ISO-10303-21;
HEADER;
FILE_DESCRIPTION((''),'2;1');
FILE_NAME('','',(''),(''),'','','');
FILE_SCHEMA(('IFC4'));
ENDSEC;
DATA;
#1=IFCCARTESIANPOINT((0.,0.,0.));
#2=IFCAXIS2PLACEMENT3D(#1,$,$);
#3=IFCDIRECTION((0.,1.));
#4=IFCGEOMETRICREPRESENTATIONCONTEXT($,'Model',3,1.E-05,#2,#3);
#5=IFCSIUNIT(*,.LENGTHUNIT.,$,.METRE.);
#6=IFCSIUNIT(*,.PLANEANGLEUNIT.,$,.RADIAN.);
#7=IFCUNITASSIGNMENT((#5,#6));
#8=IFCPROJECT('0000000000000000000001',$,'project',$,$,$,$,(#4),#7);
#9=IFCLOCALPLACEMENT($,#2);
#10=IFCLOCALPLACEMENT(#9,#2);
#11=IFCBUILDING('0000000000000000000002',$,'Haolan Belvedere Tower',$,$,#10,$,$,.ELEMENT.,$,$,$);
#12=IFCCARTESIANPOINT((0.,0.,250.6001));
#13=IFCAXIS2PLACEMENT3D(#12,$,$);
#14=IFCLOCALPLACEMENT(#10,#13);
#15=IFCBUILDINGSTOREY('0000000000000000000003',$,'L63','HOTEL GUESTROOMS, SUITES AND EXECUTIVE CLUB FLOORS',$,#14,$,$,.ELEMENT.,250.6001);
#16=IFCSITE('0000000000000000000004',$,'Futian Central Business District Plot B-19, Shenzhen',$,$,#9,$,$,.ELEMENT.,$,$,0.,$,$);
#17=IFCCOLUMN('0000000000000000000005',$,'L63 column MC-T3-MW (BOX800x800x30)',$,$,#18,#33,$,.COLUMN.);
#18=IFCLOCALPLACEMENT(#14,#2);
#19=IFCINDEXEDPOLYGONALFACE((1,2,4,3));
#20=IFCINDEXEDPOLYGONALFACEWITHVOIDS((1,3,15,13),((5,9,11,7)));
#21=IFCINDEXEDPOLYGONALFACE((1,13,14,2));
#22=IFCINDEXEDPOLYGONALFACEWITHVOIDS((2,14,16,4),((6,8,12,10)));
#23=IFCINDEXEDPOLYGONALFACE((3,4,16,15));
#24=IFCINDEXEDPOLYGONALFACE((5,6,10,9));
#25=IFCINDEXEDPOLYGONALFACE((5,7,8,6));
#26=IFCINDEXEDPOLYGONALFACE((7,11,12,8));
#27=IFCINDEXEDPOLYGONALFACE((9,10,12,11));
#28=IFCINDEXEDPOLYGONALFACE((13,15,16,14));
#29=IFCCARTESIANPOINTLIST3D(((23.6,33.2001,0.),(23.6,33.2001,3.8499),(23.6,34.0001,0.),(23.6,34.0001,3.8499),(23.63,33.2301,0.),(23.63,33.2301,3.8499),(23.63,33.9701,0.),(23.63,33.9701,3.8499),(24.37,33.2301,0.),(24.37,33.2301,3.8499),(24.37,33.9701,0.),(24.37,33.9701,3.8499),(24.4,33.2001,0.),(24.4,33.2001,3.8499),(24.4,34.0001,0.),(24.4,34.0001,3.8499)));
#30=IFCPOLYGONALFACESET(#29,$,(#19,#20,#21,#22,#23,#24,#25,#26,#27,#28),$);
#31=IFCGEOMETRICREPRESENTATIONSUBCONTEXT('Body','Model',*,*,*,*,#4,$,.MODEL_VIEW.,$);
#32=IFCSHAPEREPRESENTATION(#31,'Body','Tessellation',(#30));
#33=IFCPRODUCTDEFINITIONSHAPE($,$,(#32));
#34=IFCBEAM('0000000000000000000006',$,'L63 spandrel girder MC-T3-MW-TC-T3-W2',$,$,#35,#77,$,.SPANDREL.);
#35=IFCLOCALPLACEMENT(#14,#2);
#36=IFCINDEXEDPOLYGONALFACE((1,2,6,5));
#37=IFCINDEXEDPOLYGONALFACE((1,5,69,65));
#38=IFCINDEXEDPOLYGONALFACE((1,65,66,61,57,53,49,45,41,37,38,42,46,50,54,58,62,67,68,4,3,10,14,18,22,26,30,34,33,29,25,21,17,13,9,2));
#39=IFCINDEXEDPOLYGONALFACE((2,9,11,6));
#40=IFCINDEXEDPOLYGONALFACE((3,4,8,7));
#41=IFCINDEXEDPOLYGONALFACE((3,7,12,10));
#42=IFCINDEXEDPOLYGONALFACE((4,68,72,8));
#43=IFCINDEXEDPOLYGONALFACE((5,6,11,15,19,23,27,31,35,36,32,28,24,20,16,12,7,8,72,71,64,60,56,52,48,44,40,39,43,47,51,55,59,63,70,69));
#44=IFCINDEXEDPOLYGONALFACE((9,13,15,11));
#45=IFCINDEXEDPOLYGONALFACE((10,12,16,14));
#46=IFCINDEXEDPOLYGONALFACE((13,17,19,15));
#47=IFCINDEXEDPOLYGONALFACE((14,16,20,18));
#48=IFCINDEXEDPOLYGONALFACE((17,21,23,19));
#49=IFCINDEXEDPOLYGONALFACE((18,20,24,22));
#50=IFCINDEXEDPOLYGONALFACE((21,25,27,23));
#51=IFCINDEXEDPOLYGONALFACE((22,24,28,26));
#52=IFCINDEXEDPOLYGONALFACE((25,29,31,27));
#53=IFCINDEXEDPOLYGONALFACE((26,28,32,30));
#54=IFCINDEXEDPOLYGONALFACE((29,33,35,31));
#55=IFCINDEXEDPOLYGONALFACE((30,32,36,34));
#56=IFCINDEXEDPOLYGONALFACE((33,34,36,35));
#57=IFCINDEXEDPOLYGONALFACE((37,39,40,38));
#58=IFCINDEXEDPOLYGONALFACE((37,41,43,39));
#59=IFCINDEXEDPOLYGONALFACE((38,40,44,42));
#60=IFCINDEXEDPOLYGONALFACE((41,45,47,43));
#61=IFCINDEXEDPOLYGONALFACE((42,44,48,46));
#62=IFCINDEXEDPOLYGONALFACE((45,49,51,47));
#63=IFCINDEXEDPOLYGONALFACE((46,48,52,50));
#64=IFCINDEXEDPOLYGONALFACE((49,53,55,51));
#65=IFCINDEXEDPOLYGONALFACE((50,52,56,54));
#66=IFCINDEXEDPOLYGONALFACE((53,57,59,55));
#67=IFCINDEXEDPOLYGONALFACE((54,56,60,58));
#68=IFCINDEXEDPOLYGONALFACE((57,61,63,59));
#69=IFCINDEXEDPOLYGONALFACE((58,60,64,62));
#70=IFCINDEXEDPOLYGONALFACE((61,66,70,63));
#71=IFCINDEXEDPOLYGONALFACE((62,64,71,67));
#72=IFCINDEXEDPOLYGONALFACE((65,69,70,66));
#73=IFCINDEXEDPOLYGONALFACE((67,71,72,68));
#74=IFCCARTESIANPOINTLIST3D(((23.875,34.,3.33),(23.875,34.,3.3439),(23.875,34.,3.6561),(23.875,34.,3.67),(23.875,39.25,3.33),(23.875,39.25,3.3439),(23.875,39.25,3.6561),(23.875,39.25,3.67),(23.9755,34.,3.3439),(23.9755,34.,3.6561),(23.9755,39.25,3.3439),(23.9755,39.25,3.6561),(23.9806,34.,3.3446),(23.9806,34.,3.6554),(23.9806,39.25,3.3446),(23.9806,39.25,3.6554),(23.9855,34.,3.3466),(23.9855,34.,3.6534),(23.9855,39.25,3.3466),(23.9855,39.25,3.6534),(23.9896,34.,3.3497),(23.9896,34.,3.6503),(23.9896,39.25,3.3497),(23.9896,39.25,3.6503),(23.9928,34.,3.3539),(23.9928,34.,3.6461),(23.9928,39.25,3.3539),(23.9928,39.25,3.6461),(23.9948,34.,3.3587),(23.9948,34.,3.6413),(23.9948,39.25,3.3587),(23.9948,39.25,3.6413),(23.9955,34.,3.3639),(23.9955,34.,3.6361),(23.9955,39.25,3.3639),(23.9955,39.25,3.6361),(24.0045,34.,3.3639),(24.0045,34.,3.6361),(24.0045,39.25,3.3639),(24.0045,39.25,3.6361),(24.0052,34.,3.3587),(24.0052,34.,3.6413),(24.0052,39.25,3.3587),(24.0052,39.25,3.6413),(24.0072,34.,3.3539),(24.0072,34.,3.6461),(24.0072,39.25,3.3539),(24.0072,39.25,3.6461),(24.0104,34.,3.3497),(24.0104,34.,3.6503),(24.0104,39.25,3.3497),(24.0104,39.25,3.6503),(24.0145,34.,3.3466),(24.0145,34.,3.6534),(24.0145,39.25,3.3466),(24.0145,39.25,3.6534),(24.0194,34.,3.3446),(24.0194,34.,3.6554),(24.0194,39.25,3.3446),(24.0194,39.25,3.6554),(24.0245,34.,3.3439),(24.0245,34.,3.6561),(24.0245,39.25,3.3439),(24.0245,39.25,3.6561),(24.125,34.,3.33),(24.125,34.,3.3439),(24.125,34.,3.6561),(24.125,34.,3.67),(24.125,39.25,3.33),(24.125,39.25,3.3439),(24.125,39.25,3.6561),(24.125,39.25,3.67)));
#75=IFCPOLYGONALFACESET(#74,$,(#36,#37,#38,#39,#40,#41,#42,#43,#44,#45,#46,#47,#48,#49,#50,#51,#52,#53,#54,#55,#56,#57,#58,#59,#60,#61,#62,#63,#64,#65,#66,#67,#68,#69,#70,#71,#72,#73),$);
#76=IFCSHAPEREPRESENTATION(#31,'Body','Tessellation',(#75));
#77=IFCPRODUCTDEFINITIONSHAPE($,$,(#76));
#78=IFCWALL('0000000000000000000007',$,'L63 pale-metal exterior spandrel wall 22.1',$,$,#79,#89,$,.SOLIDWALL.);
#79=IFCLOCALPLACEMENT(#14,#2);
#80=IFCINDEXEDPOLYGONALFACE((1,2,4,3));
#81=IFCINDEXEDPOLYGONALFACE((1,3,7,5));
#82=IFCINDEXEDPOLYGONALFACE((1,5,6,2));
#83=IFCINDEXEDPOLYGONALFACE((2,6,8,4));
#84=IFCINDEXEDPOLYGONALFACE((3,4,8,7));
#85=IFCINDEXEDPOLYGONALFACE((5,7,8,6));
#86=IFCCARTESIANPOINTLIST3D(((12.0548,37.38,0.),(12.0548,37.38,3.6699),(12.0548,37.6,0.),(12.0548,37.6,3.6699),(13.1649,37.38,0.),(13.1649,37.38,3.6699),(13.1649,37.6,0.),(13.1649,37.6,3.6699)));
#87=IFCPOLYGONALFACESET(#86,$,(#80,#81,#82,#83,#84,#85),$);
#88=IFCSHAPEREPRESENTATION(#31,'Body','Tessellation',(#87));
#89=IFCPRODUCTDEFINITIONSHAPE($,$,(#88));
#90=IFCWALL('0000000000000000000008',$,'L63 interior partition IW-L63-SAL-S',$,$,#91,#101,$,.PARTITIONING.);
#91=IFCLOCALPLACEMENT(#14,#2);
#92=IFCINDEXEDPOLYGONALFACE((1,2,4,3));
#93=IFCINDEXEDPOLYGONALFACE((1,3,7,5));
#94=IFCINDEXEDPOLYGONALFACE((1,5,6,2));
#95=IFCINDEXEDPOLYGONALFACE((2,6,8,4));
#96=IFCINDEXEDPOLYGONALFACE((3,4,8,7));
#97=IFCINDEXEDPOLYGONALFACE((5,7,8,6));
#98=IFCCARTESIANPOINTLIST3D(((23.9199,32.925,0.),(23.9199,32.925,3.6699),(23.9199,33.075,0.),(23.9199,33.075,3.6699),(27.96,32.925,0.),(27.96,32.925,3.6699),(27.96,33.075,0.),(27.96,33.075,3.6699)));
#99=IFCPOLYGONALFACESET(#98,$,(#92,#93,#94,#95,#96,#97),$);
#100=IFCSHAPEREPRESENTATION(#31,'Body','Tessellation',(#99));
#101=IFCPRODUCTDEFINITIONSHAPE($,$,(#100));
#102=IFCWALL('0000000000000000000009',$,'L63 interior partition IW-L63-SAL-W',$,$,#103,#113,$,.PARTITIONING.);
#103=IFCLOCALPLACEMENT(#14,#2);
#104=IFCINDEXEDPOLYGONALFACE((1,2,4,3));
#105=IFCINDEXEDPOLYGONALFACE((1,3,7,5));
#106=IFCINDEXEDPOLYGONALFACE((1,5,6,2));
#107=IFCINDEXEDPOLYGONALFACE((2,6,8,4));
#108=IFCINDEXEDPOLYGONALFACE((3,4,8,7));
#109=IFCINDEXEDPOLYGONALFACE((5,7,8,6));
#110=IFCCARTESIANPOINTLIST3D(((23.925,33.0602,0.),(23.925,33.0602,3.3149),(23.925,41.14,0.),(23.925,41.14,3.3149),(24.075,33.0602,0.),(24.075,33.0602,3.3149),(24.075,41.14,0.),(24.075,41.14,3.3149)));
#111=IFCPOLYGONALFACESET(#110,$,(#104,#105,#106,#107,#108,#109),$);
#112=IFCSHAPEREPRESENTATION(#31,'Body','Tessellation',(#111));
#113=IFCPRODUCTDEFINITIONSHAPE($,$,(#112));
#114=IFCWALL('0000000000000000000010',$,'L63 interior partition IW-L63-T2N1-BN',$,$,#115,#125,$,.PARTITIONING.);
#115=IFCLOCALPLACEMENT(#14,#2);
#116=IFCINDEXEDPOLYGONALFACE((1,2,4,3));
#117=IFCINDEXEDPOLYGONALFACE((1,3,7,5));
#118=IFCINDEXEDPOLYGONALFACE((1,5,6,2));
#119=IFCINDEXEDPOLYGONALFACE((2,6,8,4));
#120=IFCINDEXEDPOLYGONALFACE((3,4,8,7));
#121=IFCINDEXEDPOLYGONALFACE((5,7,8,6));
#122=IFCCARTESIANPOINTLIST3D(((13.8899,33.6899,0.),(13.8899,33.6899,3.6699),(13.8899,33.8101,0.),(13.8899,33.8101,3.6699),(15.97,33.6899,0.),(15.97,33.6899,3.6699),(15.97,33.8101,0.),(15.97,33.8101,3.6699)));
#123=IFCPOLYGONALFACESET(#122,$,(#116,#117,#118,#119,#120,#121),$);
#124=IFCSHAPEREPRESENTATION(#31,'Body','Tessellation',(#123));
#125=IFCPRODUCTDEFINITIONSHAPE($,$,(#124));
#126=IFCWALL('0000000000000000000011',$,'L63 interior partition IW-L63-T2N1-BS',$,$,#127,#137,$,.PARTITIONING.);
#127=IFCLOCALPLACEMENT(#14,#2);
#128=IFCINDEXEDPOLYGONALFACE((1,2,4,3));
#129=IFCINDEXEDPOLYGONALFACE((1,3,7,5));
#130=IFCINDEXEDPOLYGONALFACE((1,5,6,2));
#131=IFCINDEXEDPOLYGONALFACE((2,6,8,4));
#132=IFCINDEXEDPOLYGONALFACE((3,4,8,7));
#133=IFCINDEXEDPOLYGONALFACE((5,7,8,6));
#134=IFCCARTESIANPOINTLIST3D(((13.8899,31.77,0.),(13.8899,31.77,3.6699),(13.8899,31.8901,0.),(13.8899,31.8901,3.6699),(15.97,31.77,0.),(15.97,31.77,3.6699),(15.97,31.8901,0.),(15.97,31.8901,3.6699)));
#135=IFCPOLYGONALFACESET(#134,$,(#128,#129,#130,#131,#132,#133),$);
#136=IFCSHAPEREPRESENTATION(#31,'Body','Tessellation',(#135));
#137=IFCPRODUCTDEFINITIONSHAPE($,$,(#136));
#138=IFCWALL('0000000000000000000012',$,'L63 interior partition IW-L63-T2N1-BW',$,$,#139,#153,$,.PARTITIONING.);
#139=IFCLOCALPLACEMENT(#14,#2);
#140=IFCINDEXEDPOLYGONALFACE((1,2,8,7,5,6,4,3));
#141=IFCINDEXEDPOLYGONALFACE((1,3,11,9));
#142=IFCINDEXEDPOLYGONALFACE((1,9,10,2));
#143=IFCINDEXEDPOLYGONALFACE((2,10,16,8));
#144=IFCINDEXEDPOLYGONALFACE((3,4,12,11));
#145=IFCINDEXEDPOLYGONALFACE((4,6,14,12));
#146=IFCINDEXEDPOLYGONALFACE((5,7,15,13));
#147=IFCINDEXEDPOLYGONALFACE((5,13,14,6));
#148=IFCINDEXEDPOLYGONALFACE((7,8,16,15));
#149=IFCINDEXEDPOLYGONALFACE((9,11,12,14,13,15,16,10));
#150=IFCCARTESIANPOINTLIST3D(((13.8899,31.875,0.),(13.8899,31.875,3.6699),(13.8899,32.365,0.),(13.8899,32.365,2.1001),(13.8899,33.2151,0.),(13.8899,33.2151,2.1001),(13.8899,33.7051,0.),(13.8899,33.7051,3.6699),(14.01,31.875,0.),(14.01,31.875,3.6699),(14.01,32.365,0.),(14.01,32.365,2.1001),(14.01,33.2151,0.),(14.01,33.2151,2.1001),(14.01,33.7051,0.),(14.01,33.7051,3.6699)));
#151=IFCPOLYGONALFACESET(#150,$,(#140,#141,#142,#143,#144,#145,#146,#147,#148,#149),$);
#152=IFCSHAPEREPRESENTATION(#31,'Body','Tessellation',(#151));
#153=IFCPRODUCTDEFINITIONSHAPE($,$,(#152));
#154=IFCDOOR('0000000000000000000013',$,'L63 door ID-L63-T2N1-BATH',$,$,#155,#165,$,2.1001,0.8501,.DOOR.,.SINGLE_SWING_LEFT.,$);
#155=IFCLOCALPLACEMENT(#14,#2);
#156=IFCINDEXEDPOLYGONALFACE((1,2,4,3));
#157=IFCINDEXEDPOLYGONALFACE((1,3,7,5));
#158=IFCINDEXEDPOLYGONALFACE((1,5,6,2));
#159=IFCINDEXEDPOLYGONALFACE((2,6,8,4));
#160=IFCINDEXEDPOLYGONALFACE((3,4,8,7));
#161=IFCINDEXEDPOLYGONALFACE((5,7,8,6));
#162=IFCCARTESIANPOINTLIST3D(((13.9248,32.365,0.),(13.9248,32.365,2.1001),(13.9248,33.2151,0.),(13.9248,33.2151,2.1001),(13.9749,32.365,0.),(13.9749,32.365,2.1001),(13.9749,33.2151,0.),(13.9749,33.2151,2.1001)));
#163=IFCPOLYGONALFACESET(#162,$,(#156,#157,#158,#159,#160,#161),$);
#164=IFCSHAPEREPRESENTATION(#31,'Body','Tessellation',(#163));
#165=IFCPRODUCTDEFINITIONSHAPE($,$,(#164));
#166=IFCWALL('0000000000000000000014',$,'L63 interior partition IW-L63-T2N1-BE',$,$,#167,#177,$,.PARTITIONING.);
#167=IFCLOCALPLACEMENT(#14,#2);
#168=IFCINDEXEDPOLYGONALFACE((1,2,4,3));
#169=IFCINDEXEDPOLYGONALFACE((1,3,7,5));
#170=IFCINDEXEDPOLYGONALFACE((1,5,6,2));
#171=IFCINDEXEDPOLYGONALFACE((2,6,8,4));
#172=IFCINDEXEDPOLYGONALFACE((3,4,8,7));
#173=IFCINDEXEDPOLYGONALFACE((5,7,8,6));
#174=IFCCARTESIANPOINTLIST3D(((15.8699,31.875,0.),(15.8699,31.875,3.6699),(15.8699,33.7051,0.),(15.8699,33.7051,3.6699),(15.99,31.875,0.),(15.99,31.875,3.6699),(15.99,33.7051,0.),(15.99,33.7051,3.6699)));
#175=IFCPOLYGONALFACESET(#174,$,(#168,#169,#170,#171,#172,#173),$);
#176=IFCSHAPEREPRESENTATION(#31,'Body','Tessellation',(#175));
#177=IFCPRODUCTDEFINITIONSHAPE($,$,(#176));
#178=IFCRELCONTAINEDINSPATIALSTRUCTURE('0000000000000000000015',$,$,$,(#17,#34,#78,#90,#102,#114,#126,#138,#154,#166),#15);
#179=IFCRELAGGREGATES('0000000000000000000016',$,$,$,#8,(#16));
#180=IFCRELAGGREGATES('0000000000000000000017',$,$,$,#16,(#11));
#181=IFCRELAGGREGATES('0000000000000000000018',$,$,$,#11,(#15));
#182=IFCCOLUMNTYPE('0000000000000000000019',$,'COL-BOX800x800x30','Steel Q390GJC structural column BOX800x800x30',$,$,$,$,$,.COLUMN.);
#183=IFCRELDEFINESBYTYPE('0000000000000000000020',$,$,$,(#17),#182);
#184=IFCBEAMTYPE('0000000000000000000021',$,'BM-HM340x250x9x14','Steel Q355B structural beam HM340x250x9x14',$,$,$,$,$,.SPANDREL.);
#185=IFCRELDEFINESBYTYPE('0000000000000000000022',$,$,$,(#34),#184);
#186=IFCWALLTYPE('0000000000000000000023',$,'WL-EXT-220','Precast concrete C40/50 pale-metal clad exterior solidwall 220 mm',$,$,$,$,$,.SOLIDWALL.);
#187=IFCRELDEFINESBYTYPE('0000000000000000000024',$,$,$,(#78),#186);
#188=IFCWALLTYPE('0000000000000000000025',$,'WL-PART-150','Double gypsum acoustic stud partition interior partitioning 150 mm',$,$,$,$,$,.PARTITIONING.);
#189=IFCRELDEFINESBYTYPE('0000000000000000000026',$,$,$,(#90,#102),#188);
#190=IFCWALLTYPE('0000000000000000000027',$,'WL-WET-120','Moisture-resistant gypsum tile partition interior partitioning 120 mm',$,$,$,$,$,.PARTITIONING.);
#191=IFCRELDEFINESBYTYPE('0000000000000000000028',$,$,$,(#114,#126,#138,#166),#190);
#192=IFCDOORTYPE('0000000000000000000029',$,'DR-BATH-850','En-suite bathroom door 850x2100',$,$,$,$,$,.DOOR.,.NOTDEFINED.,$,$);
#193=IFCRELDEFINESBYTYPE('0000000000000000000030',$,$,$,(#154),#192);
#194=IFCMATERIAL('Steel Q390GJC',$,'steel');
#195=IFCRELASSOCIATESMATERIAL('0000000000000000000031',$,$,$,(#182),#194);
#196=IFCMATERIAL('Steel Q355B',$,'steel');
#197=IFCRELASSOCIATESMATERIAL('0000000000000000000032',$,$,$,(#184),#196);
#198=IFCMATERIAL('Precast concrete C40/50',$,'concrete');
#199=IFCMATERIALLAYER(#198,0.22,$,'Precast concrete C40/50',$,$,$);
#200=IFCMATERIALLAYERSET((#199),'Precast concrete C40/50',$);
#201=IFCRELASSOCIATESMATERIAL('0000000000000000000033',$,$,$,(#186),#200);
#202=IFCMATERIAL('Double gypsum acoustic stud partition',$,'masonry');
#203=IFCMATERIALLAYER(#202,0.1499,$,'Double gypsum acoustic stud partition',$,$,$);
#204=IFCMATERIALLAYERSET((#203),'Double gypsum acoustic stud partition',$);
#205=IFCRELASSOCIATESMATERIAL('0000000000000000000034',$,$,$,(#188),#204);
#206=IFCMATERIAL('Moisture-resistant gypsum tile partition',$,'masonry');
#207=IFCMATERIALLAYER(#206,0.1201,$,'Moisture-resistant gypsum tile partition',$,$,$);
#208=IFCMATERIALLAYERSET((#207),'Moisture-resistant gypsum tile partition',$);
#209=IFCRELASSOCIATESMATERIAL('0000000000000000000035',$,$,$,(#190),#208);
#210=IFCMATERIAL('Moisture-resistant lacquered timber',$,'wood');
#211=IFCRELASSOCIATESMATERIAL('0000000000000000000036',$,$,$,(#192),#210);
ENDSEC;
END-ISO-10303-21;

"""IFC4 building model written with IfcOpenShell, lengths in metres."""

from ifc_helpers import new_model, si_unit, direction, frame, frame_2d, origin, origin_2d, place, context, subcontext, project, spatial, rectangle, hollow_rectangle, i_section, extrude, material, layer, layer_set, material_profile, profile_set, type_object, element, fill, save


model = new_model("IFC4")

# Units and contexts
model_context = context("Model", 3, precision=1e-05, world=origin(), true_north=direction((0.0, 1.0)))
body_context = subcontext(model_context, "Body", "Model", "MODEL_VIEW")
ifc_project = project(units=[si_unit("LENGTHUNIT", "METRE"), si_unit("PLANEANGLEUNIT", "RADIAN")], contexts=[model_context])

# Site, building, storey
site_placement = place(None, origin())
site = spatial("IfcSite", under=ifc_project, at=site_placement, Name="Futian Central Business District Plot B-19, Shenzhen", CompositionType="ELEMENT", RefElevation=0.0)
building_placement = place(site_placement, origin())
building = spatial("IfcBuilding", under=site, at=building_placement, Name="Haolan Belvedere Tower", CompositionType="ELEMENT")
storey_placement = place(building_placement, frame((0.0, 0.0, 250.6001)))
storey = spatial("IfcBuildingStorey", under=building, at=storey_placement, Name="L63", Description="HOTEL GUESTROOMS, SUITES AND EXECUTIVE CLUB FLOORS", CompositionType="ELEMENT", Elevation=250.6001)

# Column
ifc_material_1 = material(Name="Steel Q390GJC", Category="steel")
ifc_material_profile_1 = material_profile(ifc_material_1, hollow_rectangle(XDim=0.8, YDim=0.8, WallThickness=0.03, at=origin_2d()), Name="Steel Q390GJC")
ifc_profile_set_1 = profile_set([ifc_material_profile_1], Name="Steel Q390GJC")
column_type = type_object("IfcColumnType", Name="COL-BOX800x800x30", Description="Steel Q390GJC structural column BOX800x800x30", PredefinedType="COLUMN", material=ifc_profile_set_1)
column_placement = place(storey_placement, frame((24.0, 33.6001, 0.0), z_axis=(0.0, 0.0, 1.0), x_axis=(1.0, 0.0, 0.0)))
element("IfcColumn", 1, at=column_placement, inside=storey, type_object=column_type, Name="L63 column MC-T3-MW (BOX800x800x30)", PredefinedType="COLUMN", context=body_context, shape_type="SweptSolid", body=[
    extrude(hollow_rectangle(XDim=0.8, YDim=0.8, WallThickness=0.03, at=origin_2d()), origin(), (0.0, 0.0, 1.0), 3.8499),
])

# Beam
ifc_material_2 = material(Name="Steel Q355B", Category="steel")
ifc_material_profile_2 = material_profile(ifc_material_2, i_section(OverallWidth=0.25, OverallDepth=0.3401, WebThickness=0.009, FlangeThickness=0.0139, FilletRadius=0.02, at=origin_2d()), Name="Steel Q355B")
ifc_profile_set_2 = profile_set([ifc_material_profile_2], Name="Steel Q355B")
beam_type = type_object("IfcBeamType", Name="BM-HM340x250x9x14", Description="Steel Q355B structural beam HM340x250x9x14", PredefinedType="SPANDREL", material=ifc_profile_set_2)
beam_placement = place(storey_placement, frame((24.0, 34.0, 3.5), z_axis=(0.0, 1.0, 0.0), x_axis=(-1.0, 0.0, 0.0)))
element("IfcBeam", 2, at=beam_placement, inside=storey, type_object=beam_type, Name="L63 spandrel girder MC-T3-MW-TC-T3-W2", PredefinedType="SPANDREL", context=body_context, shape_type="SweptSolid", body=[
    extrude(i_section(OverallWidth=0.25, OverallDepth=0.3401, WebThickness=0.009, FlangeThickness=0.0139, FilletRadius=0.02, at=origin_2d()), origin(), (0.0, 0.0, 1.0), 5.25),
])

# Walls
ifc_material_3 = material(Name="Precast concrete C40/50", Category="concrete")
ifc_layer_1 = layer(ifc_material_3, 0.22, Name="Precast concrete C40/50")
ifc_layer_set_1 = layer_set([ifc_layer_1], Name="Precast concrete C40/50")
wall_type_1 = type_object("IfcWallType", Name="WL-EXT-220", Description="Precast concrete C40/50 pale-metal clad exterior solidwall 220 mm", PredefinedType="SOLIDWALL", material=ifc_layer_set_1)
wall_1_placement = place(storey_placement, frame((13.165, 37.49, 0.0), z_axis=(0.0, 0.0, 1.0), x_axis=(-1.0, 0.0, 0.0)))
element("IfcWall", 3, at=wall_1_placement, inside=storey, type_object=wall_type_1, Name="L63 pale-metal exterior spandrel wall 22.1", PredefinedType="SOLIDWALL", context=body_context, shape_type="SweptSolid", body=[
    extrude(rectangle(XDim=1.1101, YDim=0.22, at=frame_2d((0.5552, 0.0))), origin(), (0.0, 0.0, 1.0), 3.6699),
])
ifc_material_4 = material(Name="Double gypsum acoustic stud partition", Category="masonry")
ifc_layer_2 = layer(ifc_material_4, 0.1499, Name="Double gypsum acoustic stud partition")
ifc_layer_set_2 = layer_set([ifc_layer_2], Name="Double gypsum acoustic stud partition")
wall_type_2 = type_object("IfcWallType", Name="WL-PART-150", Description="Double gypsum acoustic stud partition interior partitioning 150 mm", PredefinedType="PARTITIONING", material=ifc_layer_set_2)
wall_2_placement = place(storey_placement, frame((23.9199, 33.0, 0.0), z_axis=(0.0, 0.0, 1.0), x_axis=(1.0, 0.0, 0.0)))
element("IfcWall", 4, at=wall_2_placement, inside=storey, type_object=wall_type_2, Name="L63 interior partition IW-L63-SAL-S", PredefinedType="PARTITIONING", context=body_context, shape_type="SweptSolid", body=[
    extrude(rectangle(XDim=4.04, YDim=0.1499, at=frame_2d((2.02, 0.0))), origin(), (0.0, 0.0, 1.0), 3.6699),
])
wall_3_placement = place(storey_placement, frame((24.0, 33.0601, 0.0), z_axis=(0.0, 0.0, 1.0), x_axis=(0.0, 1.0, 0.0)))
element("IfcWall", 5, at=wall_3_placement, inside=storey, type_object=wall_type_2, Name="L63 interior partition IW-L63-SAL-W", PredefinedType="PARTITIONING", context=body_context, shape_type="SweptSolid", body=[
    extrude(rectangle(XDim=8.0798, YDim=0.1499, at=frame_2d((4.04, 0.0))), origin(), (0.0, 0.0, 1.0), 3.3149),
])
ifc_material_5 = material(Name="Moisture-resistant gypsum tile partition", Category="masonry")
ifc_layer_3 = layer(ifc_material_5, 0.1201, Name="Moisture-resistant gypsum tile partition")
ifc_layer_set_3 = layer_set([ifc_layer_3], Name="Moisture-resistant gypsum tile partition")
wall_type_3 = type_object("IfcWallType", Name="WL-WET-120", Description="Moisture-resistant gypsum tile partition interior partitioning 120 mm", PredefinedType="PARTITIONING", material=ifc_layer_set_3)
for number, where, z_axis, x_axis, name in (
    (6, (13.8899, 33.75, 0.0), (0.0, 0.0, 1.0), (1.0, 0.0, 0.0), "L63 interior partition IW-L63-T2N1-BN"),
    (7, (13.8899, 31.8301, 0.0), (0.0, 0.0, 1.0), (1.0, 0.0, 0.0), "L63 interior partition IW-L63-T2N1-BS"),
):
    element("IfcWall", number, at=place(storey_placement, frame(where, z_axis=z_axis, x_axis=x_axis)), inside=storey, type_object=wall_type_3, Name=name, PredefinedType="PARTITIONING", context=body_context, shape_type="SweptSolid", body=[
        extrude(rectangle(XDim=2.0801, YDim=0.1201, at=frame_2d((1.04, 0.0))), origin(), (0.0, 0.0, 1.0), 3.6699),
    ])

# Wall, opening, door
wall_4_placement = place(storey_placement, frame((13.95, 31.875, 0.0), z_axis=(0.0, 0.0, 1.0), x_axis=(0.0, 1.0, 0.0)))
wall_4 = element("IfcWall", 8, at=wall_4_placement, inside=storey, type_object=wall_type_3, Name="L63 interior partition IW-L63-T2N1-BW", PredefinedType="PARTITIONING", context=body_context, shape_type="SweptSolid", body=[
    extrude(rectangle(XDim=1.8301, YDim=0.1201, at=frame_2d((0.915, 0.0))), origin(), (0.0, 0.0, 1.0), 3.6699),
])
opening_1_placement = place(wall_4_placement, frame((1.3401, 0.0, 0.0), z_axis=(0.0, 0.0, 1.0), x_axis=(-1.0, 0.0, 0.0)))
opening_1 = element("IfcOpeningElement", 9, at=opening_1_placement, cuts=wall_4, PredefinedType="OPENING", context=body_context, shape_type="SweptSolid", body=[
    extrude(rectangle(XDim=0.8501, YDim=2.1001, at=frame_2d((0.425, 1.05))), frame((0.0, 0.0701, 0.0), z_axis=(0.0, -1.0, 0.0), x_axis=(1.0, 0.0, 0.0)), (0.0, 0.0, 1.0), 0.1401),
])
ifc_material_6 = material(Name="Moisture-resistant lacquered timber", Category="wood")
door_type = type_object("IfcDoorType", Name="DR-BATH-850", Description="En-suite bathroom door 850x2100", OperationType="NOTDEFINED", PredefinedType="DOOR", material=ifc_material_6)
door_1_placement = place(opening_1_placement, origin())
door_1 = element("IfcDoor", 10, at=door_1_placement, inside=storey, type_object=door_type, Name="L63 door ID-L63-T2N1-BATH", OperationType="SINGLE_SWING_LEFT", OverallHeight=2.1001, OverallWidth=0.8501, PredefinedType="DOOR", context=body_context, shape_type="SweptSolid", body=[
    extrude(rectangle(XDim=0.8501, YDim=2.1001, at=frame_2d((0.425, 1.05))), frame((0.0, 0.0249, 0.0), z_axis=(0.0, -1.0, 0.0), x_axis=(1.0, 0.0, 0.0)), (0.0, 0.0, 1.0), 0.05),
])
fill(opening_1, door_1)

# Wall
wall_5_placement = place(storey_placement, frame((15.9299, 31.875, 0.0), z_axis=(0.0, 0.0, 1.0), x_axis=(0.0, 1.0, 0.0)))
element("IfcWall", 11, at=wall_5_placement, inside=storey, type_object=wall_type_3, Name="L63 interior partition IW-L63-T2N1-BE", PredefinedType="PARTITIONING", context=body_context, shape_type="SweptSolid", body=[
    extrude(rectangle(XDim=1.8301, YDim=0.1201, at=frame_2d((0.915, 0.0))), origin(), (0.0, 0.0, 1.0), 3.6699),
])

save(model, "model.ifc")
